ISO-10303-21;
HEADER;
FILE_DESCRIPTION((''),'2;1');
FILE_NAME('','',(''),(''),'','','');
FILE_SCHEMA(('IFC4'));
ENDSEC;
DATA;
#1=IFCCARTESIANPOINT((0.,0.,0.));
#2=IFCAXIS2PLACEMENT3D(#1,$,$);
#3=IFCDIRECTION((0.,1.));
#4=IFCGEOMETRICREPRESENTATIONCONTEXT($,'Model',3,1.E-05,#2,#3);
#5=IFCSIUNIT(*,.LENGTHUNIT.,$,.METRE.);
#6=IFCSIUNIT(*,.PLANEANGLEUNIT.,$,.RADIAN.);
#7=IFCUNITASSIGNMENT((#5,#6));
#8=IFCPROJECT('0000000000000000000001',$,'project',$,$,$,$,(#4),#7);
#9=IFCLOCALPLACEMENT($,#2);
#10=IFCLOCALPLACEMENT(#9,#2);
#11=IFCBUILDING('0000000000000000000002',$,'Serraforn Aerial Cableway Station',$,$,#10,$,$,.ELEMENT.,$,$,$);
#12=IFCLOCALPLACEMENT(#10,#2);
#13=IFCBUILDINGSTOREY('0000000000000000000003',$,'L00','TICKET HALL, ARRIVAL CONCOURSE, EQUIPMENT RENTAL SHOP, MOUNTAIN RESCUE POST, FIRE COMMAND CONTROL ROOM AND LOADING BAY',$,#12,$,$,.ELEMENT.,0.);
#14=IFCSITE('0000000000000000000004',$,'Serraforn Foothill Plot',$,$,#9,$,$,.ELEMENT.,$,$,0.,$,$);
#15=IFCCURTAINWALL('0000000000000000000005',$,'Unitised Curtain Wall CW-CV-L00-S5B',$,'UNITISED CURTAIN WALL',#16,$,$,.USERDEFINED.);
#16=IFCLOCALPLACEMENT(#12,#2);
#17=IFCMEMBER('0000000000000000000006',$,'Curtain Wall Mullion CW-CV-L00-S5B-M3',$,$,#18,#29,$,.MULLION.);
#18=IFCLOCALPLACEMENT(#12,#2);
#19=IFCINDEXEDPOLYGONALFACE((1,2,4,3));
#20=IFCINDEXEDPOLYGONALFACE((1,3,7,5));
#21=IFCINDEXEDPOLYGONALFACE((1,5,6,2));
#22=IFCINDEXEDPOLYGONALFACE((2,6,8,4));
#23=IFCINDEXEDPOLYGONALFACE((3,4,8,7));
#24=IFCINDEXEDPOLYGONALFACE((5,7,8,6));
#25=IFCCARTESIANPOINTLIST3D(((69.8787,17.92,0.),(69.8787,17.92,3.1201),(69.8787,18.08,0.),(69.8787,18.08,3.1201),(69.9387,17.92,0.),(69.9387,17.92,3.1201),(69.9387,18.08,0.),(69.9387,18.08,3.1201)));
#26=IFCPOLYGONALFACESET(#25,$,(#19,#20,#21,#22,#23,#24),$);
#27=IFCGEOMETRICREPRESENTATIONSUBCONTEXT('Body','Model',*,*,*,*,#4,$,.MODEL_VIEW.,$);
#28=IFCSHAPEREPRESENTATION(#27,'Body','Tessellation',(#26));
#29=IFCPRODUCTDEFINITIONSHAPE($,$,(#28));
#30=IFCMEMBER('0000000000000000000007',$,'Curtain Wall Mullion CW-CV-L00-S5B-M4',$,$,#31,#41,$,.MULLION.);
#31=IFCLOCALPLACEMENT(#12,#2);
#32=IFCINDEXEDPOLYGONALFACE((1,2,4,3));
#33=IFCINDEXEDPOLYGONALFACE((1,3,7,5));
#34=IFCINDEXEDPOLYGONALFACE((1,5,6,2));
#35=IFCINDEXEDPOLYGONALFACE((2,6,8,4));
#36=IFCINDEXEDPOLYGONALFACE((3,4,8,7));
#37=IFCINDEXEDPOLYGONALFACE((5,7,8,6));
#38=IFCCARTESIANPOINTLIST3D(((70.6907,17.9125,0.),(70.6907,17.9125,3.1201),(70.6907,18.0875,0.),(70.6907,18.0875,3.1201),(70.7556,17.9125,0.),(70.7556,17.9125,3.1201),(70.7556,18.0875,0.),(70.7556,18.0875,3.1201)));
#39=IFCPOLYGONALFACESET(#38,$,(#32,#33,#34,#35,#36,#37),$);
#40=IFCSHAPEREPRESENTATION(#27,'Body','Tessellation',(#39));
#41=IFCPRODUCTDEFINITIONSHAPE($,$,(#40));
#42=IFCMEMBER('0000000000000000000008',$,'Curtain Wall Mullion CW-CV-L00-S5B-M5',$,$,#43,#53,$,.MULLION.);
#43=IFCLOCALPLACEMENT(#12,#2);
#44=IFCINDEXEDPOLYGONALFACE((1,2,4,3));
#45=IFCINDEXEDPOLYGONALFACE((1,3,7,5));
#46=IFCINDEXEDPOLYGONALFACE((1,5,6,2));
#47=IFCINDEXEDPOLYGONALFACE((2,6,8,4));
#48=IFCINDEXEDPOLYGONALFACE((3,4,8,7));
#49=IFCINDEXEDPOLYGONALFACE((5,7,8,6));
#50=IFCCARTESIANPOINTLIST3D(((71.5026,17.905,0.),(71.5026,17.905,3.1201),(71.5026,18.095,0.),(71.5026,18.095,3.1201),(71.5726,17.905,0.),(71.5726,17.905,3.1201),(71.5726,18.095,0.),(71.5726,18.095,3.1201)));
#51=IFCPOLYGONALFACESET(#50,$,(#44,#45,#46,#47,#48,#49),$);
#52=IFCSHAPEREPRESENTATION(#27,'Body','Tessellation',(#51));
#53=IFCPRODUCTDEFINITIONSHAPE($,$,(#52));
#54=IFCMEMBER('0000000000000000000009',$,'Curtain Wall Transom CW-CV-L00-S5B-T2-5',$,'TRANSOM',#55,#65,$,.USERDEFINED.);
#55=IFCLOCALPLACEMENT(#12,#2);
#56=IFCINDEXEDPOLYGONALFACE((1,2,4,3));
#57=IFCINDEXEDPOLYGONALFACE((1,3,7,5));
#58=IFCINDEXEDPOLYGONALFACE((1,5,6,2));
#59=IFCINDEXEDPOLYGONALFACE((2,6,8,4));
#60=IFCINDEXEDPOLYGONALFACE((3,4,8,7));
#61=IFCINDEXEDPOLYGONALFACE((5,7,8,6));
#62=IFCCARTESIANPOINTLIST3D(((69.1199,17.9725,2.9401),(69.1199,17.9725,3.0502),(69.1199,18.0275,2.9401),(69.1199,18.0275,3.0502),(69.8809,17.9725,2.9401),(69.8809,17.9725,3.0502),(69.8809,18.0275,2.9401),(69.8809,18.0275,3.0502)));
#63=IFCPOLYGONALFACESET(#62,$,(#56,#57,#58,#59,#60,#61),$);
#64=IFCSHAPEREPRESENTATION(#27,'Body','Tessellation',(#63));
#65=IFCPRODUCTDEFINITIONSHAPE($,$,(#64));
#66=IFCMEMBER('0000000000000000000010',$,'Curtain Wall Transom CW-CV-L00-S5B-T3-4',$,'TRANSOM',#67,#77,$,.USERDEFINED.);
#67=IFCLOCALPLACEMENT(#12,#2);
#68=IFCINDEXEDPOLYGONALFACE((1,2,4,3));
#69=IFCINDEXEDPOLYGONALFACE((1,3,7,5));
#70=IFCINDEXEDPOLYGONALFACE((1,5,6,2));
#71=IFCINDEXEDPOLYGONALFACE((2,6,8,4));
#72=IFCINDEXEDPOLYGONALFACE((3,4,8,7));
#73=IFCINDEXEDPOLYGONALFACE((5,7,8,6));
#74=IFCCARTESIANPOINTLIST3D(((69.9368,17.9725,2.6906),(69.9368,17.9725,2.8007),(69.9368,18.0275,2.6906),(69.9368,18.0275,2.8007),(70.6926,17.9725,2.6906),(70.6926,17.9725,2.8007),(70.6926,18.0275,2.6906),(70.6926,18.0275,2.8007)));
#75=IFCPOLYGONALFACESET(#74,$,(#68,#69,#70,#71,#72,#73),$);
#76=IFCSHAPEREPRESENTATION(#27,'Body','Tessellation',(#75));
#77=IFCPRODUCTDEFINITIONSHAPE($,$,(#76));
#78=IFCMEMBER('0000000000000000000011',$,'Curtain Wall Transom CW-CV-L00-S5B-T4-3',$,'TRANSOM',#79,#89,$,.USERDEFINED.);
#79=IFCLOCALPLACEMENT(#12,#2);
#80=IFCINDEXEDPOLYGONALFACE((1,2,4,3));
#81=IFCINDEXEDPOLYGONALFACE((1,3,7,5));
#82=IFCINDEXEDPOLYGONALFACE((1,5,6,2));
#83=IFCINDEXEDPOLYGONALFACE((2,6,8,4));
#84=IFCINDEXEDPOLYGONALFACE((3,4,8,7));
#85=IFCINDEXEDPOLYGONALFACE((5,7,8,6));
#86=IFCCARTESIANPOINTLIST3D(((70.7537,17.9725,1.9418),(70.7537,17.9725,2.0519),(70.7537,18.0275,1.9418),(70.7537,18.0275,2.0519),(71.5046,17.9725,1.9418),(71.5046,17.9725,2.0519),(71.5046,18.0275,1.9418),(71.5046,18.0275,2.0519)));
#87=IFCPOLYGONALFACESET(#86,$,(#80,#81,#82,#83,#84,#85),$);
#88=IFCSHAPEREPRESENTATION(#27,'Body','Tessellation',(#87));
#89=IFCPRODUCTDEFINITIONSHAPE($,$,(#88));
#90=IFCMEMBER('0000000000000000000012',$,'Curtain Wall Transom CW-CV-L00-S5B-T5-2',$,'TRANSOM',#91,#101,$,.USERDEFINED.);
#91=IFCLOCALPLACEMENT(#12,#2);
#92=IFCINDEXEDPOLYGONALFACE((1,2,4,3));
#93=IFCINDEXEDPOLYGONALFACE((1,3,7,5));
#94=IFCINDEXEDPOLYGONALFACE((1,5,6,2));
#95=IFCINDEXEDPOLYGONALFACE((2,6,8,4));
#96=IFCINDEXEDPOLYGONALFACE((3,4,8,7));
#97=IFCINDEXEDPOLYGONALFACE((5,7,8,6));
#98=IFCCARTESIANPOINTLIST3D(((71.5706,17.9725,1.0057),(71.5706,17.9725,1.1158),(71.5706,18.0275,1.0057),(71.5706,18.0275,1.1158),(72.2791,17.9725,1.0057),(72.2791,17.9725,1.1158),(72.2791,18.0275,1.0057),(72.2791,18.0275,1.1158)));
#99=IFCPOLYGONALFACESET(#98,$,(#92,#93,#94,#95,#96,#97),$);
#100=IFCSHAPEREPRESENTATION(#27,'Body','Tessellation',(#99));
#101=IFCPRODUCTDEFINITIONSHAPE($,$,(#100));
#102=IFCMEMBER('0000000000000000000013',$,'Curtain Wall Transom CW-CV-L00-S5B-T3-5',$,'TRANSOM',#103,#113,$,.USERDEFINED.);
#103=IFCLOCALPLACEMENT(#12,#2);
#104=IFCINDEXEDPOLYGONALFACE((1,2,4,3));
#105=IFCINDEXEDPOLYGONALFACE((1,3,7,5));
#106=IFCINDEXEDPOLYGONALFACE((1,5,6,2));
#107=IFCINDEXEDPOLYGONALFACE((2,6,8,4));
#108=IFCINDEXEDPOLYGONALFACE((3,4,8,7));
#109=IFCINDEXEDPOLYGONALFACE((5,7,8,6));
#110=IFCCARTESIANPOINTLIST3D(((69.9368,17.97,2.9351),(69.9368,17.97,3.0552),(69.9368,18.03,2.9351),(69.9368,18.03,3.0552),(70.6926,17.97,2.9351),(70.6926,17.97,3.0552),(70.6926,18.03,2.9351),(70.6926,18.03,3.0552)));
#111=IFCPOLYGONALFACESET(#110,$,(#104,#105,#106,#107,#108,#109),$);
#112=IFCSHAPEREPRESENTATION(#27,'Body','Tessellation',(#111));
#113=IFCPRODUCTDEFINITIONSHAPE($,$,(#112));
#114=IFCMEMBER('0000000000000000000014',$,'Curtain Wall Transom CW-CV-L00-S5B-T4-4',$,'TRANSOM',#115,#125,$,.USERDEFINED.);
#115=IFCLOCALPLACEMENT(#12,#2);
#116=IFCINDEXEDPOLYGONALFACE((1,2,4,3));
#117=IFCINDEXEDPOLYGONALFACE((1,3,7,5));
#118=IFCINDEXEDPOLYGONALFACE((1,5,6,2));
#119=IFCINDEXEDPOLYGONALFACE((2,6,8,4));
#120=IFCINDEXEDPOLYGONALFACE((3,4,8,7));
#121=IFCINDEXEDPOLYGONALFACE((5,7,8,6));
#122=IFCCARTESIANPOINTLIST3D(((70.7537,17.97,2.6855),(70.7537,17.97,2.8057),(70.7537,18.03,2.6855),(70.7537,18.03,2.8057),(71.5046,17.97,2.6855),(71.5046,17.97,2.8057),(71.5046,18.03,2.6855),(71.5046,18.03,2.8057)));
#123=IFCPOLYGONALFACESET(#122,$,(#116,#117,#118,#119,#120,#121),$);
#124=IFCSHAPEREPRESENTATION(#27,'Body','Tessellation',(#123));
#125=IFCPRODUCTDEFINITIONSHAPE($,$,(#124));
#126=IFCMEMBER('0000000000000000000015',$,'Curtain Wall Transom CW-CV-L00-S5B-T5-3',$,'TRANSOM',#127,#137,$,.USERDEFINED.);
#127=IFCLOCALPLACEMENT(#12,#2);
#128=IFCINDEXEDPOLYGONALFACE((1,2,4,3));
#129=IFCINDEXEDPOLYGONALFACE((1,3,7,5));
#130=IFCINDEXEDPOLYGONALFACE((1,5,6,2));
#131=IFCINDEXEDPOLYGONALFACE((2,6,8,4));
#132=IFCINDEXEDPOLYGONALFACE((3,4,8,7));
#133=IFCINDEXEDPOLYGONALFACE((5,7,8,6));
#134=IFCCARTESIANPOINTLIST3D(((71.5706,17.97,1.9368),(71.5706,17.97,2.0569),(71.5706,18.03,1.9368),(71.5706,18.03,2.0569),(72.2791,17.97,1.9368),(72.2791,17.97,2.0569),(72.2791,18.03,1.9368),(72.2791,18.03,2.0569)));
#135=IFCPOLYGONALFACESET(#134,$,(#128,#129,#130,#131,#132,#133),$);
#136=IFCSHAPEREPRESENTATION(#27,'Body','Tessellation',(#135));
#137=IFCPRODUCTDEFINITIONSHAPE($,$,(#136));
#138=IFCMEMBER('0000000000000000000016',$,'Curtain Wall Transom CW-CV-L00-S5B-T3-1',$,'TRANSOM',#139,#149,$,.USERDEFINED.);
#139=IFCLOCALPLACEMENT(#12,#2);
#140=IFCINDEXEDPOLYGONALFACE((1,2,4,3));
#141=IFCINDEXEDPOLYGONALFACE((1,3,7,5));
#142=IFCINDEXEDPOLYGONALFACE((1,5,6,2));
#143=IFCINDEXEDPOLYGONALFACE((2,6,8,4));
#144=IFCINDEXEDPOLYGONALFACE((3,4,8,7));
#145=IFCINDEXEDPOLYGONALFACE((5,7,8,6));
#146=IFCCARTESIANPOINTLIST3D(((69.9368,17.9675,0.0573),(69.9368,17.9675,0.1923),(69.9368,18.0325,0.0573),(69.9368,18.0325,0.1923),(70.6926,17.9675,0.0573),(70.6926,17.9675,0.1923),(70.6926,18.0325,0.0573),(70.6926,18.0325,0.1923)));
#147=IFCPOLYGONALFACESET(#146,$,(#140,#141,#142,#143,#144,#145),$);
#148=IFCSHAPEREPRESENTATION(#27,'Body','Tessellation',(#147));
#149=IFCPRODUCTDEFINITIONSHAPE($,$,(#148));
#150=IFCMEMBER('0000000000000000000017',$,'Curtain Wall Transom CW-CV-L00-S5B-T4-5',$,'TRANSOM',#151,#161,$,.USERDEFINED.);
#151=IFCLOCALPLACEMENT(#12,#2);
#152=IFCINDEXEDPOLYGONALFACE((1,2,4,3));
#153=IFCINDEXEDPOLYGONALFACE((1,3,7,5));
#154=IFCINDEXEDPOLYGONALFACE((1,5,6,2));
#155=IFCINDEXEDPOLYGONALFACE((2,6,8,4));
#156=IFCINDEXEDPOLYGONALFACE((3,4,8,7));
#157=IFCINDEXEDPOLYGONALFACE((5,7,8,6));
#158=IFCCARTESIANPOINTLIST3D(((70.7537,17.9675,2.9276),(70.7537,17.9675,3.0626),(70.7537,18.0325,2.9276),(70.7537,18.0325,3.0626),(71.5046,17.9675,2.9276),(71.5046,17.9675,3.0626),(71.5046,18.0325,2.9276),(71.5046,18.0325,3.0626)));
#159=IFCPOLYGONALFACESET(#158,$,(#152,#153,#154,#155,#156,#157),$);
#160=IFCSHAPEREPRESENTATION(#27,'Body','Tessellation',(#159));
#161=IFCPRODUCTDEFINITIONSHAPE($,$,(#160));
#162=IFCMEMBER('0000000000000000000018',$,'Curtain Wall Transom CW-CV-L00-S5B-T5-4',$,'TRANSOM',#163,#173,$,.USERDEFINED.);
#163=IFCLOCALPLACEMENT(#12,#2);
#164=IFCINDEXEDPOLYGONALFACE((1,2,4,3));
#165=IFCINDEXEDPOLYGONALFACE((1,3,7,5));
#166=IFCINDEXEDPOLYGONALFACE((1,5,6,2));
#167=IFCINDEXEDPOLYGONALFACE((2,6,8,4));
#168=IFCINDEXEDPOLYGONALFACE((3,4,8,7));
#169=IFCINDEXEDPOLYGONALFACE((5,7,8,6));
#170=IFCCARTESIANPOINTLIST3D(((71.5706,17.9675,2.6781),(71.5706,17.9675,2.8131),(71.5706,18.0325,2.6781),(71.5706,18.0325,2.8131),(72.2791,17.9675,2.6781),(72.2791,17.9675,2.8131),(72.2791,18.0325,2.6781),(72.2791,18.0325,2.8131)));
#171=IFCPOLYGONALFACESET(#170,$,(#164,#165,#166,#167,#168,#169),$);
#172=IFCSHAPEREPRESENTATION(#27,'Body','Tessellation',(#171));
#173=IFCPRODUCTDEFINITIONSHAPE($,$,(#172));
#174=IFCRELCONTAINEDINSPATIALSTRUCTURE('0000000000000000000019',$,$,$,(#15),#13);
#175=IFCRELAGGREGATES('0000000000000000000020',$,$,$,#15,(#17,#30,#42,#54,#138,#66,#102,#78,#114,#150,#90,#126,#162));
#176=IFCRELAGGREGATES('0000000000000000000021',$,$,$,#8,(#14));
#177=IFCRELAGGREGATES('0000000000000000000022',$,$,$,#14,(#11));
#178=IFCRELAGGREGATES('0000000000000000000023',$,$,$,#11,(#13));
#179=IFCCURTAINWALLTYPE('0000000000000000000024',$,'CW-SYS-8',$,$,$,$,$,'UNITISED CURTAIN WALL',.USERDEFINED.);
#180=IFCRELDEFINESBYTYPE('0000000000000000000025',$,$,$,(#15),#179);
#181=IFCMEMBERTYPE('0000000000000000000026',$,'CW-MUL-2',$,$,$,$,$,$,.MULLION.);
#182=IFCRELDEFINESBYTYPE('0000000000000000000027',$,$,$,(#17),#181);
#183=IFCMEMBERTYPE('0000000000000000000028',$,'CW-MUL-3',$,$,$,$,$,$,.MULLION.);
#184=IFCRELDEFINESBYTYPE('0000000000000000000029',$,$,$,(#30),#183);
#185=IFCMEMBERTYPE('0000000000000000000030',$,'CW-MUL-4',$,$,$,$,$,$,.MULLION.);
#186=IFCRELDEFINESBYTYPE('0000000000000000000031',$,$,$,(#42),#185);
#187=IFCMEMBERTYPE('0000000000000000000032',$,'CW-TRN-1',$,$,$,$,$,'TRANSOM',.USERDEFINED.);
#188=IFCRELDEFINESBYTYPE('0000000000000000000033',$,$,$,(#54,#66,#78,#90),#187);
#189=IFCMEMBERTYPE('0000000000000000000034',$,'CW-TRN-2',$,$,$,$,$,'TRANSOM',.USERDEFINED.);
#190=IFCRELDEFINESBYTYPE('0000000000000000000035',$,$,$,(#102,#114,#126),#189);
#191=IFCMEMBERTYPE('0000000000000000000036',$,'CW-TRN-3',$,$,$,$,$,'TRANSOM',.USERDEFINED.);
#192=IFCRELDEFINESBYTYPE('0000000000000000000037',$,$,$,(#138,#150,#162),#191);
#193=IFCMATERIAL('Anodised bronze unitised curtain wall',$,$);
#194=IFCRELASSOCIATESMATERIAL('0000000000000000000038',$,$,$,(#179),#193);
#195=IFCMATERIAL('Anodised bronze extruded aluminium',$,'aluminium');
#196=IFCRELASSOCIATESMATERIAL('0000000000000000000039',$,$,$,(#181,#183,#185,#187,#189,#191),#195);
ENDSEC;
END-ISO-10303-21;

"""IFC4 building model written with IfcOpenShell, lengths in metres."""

from ifc_helpers import new_model, si_unit, direction, frame, origin, origin_2d, place, context, subcontext, project, spatial, rectangle, extrude, material, material_profile, profile_set, type_object, element, aggregate, save


model = new_model("IFC4")

# Units and contexts
model_context = context("Model", 3, precision=1e-05, world=origin(), true_north=direction((0.0, 1.0)))
body_context = subcontext(model_context, "Body", "Model", "MODEL_VIEW")
ifc_project = project(units=[si_unit("LENGTHUNIT", "METRE"), si_unit("PLANEANGLEUNIT", "RADIAN")], contexts=[model_context])

# Site, building, storey
site_placement = place(None, origin())
site = spatial("IfcSite", under=ifc_project, at=site_placement, Name="Serraforn Foothill Plot", CompositionType="ELEMENT", RefElevation=0.0)
building_placement = place(site_placement, origin())
building = spatial("IfcBuilding", under=site, at=building_placement, Name="Serraforn Aerial Cableway Station", CompositionType="ELEMENT")
storey_placement = place(building_placement, origin())
storey = spatial("IfcBuildingStorey", under=building, at=storey_placement, Name="L00", Description="TICKET HALL, ARRIVAL CONCOURSE, EQUIPMENT RENTAL SHOP, MOUNTAIN RESCUE POST, FIRE COMMAND CONTROL ROOM AND LOADING BAY", CompositionType="ELEMENT", Elevation=0.0)

# Curtain wall, members
ifc_material_1 = material(Name="Anodised bronze unitised curtain wall")
curtain_wall_type = type_object("IfcCurtainWallType", Name="CW-SYS-8", ElementType="UNITISED CURTAIN WALL", PredefinedType="USERDEFINED", material=ifc_material_1)
curtain_wall_placement = place(storey_placement, origin())
curtain_wall = element("IfcCurtainWall", 1, at=curtain_wall_placement, inside=storey, type_object=curtain_wall_type, Name="Unitised Curtain Wall CW-CV-L00-S5B", ObjectType="UNITISED CURTAIN WALL", PredefinedType="USERDEFINED")
ifc_material_2 = material(Name="Anodised bronze extruded aluminium", Category="aluminium")
ifc_material_profile_1 = material_profile(ifc_material_2, rectangle(XDim=0.0601, YDim=0.1599, at=origin_2d()), Name="CW MULLION 60x160")
ifc_profile_set_1 = profile_set([ifc_material_profile_1], Name="Anodised bronze extruded aluminium")
member_type_1 = type_object("IfcMemberType", Name="CW-MUL-2", PredefinedType="MULLION", material=ifc_profile_set_1)
member_1_placement = place(storey_placement, frame((69.9087, 18.0, 0.0), z_axis=(0.0, 0.0, 1.0), x_axis=(1.0, 0.0, 0.0)))
member_1 = element("IfcMember", 2, at=member_1_placement, type_object=member_type_1, Name="Curtain Wall Mullion CW-CV-L00-S5B-M3", PredefinedType="MULLION", context=body_context, shape_type="SweptSolid", body=[
    extrude(rectangle(XDim=0.0601, YDim=0.1599, at=origin_2d()), origin(), (0.0, 0.0, 1.0), 3.1201),
])
ifc_material_profile_2 = material_profile(ifc_material_2, rectangle(XDim=0.0649, YDim=0.175, at=origin_2d()), Name="CW MULLION 65x175")
ifc_profile_set_2 = profile_set([ifc_material_profile_2], Name="Anodised bronze extruded aluminium")
member_type_2 = type_object("IfcMemberType", Name="CW-MUL-3", PredefinedType="MULLION", material=ifc_profile_set_2)
member_2_placement = place(storey_placement, frame((70.7231, 18.0, 0.0), z_axis=(0.0, 0.0, 1.0), x_axis=(1.0, 0.0, 0.0)))
member_2 = element("IfcMember", 3, at=member_2_placement, type_object=member_type_2, Name="Curtain Wall Mullion CW-CV-L00-S5B-M4", PredefinedType="MULLION", context=body_context, shape_type="SweptSolid", body=[
    extrude(rectangle(XDim=0.0649, YDim=0.175, at=origin_2d()), origin(), (0.0, 0.0, 1.0), 3.1201),
])
ifc_material_profile_3 = material_profile(ifc_material_2, rectangle(XDim=0.0701, YDim=0.1899, at=origin_2d()), Name="CW MULLION 70x190")
ifc_profile_set_3 = profile_set([ifc_material_profile_3], Name="Anodised bronze extruded aluminium")
member_type_3 = type_object("IfcMemberType", Name="CW-MUL-4", PredefinedType="MULLION", material=ifc_profile_set_3)
member_3_placement = place(storey_placement, frame((71.5376, 18.0, 0.0), z_axis=(0.0, 0.0, 1.0), x_axis=(1.0, 0.0, 0.0)))
member_3 = element("IfcMember", 4, at=member_3_placement, type_object=member_type_3, Name="Curtain Wall Mullion CW-CV-L00-S5B-M5", PredefinedType="MULLION", context=body_context, shape_type="SweptSolid", body=[
    extrude(rectangle(XDim=0.0701, YDim=0.1899, at=origin_2d()), origin(), (0.0, 0.0, 1.0), 3.1201),
])
ifc_material_profile_4 = material_profile(ifc_material_2, rectangle(XDim=0.0549, YDim=0.1101, at=origin_2d()), Name="CW TRANSOM 55x110")
ifc_profile_set_4 = profile_set([ifc_material_profile_4], Name="Anodised bronze extruded aluminium")
member_type_4 = type_object("IfcMemberType", Name="CW-TRN-1", ElementType="TRANSOM", PredefinedType="USERDEFINED", material=ifc_profile_set_4)
member_4_placement = place(storey_placement, frame((69.1199, 18.0, 2.9951), z_axis=(1.0, 0.0, 0.0), x_axis=(0.0, 1.0, 0.0)))
member_4 = element("IfcMember", 5, at=member_4_placement, type_object=member_type_4, Name="Curtain Wall Transom CW-CV-L00-S5B-T2-5", ObjectType="TRANSOM", PredefinedType="USERDEFINED", context=body_context, shape_type="SweptSolid", body=[
    extrude(rectangle(XDim=0.0549, YDim=0.1101, at=origin_2d()), origin(), (0.0, 0.0, 1.0), 0.761),
])
member_5_placement = place(storey_placement, frame((69.9368, 18.0, 2.7456), z_axis=(1.0, 0.0, 0.0), x_axis=(0.0, 1.0, 0.0)))
member_5 = element("IfcMember", 6, at=member_5_placement, type_object=member_type_4, Name="Curtain Wall Transom CW-CV-L00-S5B-T3-4", ObjectType="TRANSOM", PredefinedType="USERDEFINED", context=body_context, shape_type="SweptSolid", body=[
    extrude(rectangle(XDim=0.0549, YDim=0.1101, at=origin_2d()), origin(), (0.0, 0.0, 1.0), 0.7559),
])
member_6_placement = place(storey_placement, frame((70.7537, 18.0, 1.9968), z_axis=(1.0, 0.0, 0.0), x_axis=(0.0, 1.0, 0.0)))
member_6 = element("IfcMember", 7, at=member_6_placement, type_object=member_type_4, Name="Curtain Wall Transom CW-CV-L00-S5B-T4-3", ObjectType="TRANSOM", PredefinedType="USERDEFINED", context=body_context, shape_type="SweptSolid", body=[
    extrude(rectangle(XDim=0.0549, YDim=0.1101, at=origin_2d()), origin(), (0.0, 0.0, 1.0), 0.751),
])
member_7_placement = place(storey_placement, frame((71.5706, 18.0, 1.0608), z_axis=(1.0, 0.0, 0.0), x_axis=(0.0, 1.0, 0.0)))
member_7 = element("IfcMember", 8, at=member_7_placement, type_object=member_type_4, Name="Curtain Wall Transom CW-CV-L00-S5B-T5-2", ObjectType="TRANSOM", PredefinedType="USERDEFINED", context=body_context, shape_type="SweptSolid", body=[
    extrude(rectangle(XDim=0.0549, YDim=0.1101, at=origin_2d()), origin(), (0.0, 0.0, 1.0), 0.7085),
])
ifc_material_profile_5 = material_profile(ifc_material_2, rectangle(XDim=0.0601, YDim=0.1201, at=origin_2d()), Name="CW TRANSOM 60x120")
ifc_profile_set_5 = profile_set([ifc_material_profile_5], Name="Anodised bronze extruded aluminium")
member_type_5 = type_object("IfcMemberType", Name="CW-TRN-2", ElementType="TRANSOM", PredefinedType="USERDEFINED", material=ifc_profile_set_5)
member_8_placement = place(storey_placement, frame((69.9368, 18.0, 2.9951), z_axis=(1.0, 0.0, 0.0), x_axis=(0.0, 1.0, 0.0)))
member_8 = element("IfcMember", 9, at=member_8_placement, type_object=member_type_5, Name="Curtain Wall Transom CW-CV-L00-S5B-T3-5", ObjectType="TRANSOM", PredefinedType="USERDEFINED", context=body_context, shape_type="SweptSolid", body=[
    extrude(rectangle(XDim=0.0601, YDim=0.1201, at=origin_2d()), origin(), (0.0, 0.0, 1.0), 0.7559),
])
member_9_placement = place(storey_placement, frame((70.7537, 18.0, 2.7456), z_axis=(1.0, 0.0, 0.0), x_axis=(0.0, 1.0, 0.0)))
member_9 = element("IfcMember", 10, at=member_9_placement, type_object=member_type_5, Name="Curtain Wall Transom CW-CV-L00-S5B-T4-4", ObjectType="TRANSOM", PredefinedType="USERDEFINED", context=body_context, shape_type="SweptSolid", body=[
    extrude(rectangle(XDim=0.0601, YDim=0.1201, at=origin_2d()), origin(), (0.0, 0.0, 1.0), 0.751),
])
member_10_placement = place(storey_placement, frame((71.5706, 18.0, 1.9968), z_axis=(1.0, 0.0, 0.0), x_axis=(0.0, 1.0, 0.0)))
member_10 = element("IfcMember", 11, at=member_10_placement, type_object=member_type_5, Name="Curtain Wall Transom CW-CV-L00-S5B-T5-3", ObjectType="TRANSOM", PredefinedType="USERDEFINED", context=body_context, shape_type="SweptSolid", body=[
    extrude(rectangle(XDim=0.0601, YDim=0.1201, at=origin_2d()), origin(), (0.0, 0.0, 1.0), 0.7085),
])
ifc_material_profile_6 = material_profile(ifc_material_2, rectangle(XDim=0.0649, YDim=0.135, at=origin_2d()), Name="CW TRANSOM 65x135")
ifc_profile_set_6 = profile_set([ifc_material_profile_6], Name="Anodised bronze extruded aluminium")
member_type_6 = type_object("IfcMemberType", Name="CW-TRN-3", ElementType="TRANSOM", PredefinedType="USERDEFINED", material=ifc_profile_set_6)
member_11_placement = place(storey_placement, frame((69.9368, 18.0, 0.1248), z_axis=(1.0, 0.0, 0.0), x_axis=(0.0, 1.0, 0.0)))
member_11 = element("IfcMember", 12, at=member_11_placement, type_object=member_type_6, Name="Curtain Wall Transom CW-CV-L00-S5B-T3-1", ObjectType="TRANSOM", PredefinedType="USERDEFINED", context=body_context, shape_type="SweptSolid", body=[
    extrude(rectangle(XDim=0.0649, YDim=0.135, at=origin_2d()), origin(), (0.0, 0.0, 1.0), 0.7559),
])
member_12_placement = place(storey_placement, frame((70.7537, 18.0, 2.9951), z_axis=(1.0, 0.0, 0.0), x_axis=(0.0, 1.0, 0.0)))
member_12 = element("IfcMember", 13, at=member_12_placement, type_object=member_type_6, Name="Curtain Wall Transom CW-CV-L00-S5B-T4-5", ObjectType="TRANSOM", PredefinedType="USERDEFINED", context=body_context, shape_type="SweptSolid", body=[
    extrude(rectangle(XDim=0.0649, YDim=0.135, at=origin_2d()), origin(), (0.0, 0.0, 1.0), 0.751),
])
member_13_placement = place(storey_placement, frame((71.5706, 18.0, 2.7456), z_axis=(1.0, 0.0, 0.0), x_axis=(0.0, 1.0, 0.0)))
member_13 = element("IfcMember", 14, at=member_13_placement, type_object=member_type_6, Name="Curtain Wall Transom CW-CV-L00-S5B-T5-4", ObjectType="TRANSOM", PredefinedType="USERDEFINED", context=body_context, shape_type="SweptSolid", body=[
    extrude(rectangle(XDim=0.0649, YDim=0.135, at=origin_2d()), origin(), (0.0, 0.0, 1.0), 0.7085),
])
aggregate(curtain_wall, [member_1, member_2, member_3, member_4, member_11, member_5, member_8, member_6, member_9, member_12, member_7, member_10, member_13])

save(model, "model.ifc")
